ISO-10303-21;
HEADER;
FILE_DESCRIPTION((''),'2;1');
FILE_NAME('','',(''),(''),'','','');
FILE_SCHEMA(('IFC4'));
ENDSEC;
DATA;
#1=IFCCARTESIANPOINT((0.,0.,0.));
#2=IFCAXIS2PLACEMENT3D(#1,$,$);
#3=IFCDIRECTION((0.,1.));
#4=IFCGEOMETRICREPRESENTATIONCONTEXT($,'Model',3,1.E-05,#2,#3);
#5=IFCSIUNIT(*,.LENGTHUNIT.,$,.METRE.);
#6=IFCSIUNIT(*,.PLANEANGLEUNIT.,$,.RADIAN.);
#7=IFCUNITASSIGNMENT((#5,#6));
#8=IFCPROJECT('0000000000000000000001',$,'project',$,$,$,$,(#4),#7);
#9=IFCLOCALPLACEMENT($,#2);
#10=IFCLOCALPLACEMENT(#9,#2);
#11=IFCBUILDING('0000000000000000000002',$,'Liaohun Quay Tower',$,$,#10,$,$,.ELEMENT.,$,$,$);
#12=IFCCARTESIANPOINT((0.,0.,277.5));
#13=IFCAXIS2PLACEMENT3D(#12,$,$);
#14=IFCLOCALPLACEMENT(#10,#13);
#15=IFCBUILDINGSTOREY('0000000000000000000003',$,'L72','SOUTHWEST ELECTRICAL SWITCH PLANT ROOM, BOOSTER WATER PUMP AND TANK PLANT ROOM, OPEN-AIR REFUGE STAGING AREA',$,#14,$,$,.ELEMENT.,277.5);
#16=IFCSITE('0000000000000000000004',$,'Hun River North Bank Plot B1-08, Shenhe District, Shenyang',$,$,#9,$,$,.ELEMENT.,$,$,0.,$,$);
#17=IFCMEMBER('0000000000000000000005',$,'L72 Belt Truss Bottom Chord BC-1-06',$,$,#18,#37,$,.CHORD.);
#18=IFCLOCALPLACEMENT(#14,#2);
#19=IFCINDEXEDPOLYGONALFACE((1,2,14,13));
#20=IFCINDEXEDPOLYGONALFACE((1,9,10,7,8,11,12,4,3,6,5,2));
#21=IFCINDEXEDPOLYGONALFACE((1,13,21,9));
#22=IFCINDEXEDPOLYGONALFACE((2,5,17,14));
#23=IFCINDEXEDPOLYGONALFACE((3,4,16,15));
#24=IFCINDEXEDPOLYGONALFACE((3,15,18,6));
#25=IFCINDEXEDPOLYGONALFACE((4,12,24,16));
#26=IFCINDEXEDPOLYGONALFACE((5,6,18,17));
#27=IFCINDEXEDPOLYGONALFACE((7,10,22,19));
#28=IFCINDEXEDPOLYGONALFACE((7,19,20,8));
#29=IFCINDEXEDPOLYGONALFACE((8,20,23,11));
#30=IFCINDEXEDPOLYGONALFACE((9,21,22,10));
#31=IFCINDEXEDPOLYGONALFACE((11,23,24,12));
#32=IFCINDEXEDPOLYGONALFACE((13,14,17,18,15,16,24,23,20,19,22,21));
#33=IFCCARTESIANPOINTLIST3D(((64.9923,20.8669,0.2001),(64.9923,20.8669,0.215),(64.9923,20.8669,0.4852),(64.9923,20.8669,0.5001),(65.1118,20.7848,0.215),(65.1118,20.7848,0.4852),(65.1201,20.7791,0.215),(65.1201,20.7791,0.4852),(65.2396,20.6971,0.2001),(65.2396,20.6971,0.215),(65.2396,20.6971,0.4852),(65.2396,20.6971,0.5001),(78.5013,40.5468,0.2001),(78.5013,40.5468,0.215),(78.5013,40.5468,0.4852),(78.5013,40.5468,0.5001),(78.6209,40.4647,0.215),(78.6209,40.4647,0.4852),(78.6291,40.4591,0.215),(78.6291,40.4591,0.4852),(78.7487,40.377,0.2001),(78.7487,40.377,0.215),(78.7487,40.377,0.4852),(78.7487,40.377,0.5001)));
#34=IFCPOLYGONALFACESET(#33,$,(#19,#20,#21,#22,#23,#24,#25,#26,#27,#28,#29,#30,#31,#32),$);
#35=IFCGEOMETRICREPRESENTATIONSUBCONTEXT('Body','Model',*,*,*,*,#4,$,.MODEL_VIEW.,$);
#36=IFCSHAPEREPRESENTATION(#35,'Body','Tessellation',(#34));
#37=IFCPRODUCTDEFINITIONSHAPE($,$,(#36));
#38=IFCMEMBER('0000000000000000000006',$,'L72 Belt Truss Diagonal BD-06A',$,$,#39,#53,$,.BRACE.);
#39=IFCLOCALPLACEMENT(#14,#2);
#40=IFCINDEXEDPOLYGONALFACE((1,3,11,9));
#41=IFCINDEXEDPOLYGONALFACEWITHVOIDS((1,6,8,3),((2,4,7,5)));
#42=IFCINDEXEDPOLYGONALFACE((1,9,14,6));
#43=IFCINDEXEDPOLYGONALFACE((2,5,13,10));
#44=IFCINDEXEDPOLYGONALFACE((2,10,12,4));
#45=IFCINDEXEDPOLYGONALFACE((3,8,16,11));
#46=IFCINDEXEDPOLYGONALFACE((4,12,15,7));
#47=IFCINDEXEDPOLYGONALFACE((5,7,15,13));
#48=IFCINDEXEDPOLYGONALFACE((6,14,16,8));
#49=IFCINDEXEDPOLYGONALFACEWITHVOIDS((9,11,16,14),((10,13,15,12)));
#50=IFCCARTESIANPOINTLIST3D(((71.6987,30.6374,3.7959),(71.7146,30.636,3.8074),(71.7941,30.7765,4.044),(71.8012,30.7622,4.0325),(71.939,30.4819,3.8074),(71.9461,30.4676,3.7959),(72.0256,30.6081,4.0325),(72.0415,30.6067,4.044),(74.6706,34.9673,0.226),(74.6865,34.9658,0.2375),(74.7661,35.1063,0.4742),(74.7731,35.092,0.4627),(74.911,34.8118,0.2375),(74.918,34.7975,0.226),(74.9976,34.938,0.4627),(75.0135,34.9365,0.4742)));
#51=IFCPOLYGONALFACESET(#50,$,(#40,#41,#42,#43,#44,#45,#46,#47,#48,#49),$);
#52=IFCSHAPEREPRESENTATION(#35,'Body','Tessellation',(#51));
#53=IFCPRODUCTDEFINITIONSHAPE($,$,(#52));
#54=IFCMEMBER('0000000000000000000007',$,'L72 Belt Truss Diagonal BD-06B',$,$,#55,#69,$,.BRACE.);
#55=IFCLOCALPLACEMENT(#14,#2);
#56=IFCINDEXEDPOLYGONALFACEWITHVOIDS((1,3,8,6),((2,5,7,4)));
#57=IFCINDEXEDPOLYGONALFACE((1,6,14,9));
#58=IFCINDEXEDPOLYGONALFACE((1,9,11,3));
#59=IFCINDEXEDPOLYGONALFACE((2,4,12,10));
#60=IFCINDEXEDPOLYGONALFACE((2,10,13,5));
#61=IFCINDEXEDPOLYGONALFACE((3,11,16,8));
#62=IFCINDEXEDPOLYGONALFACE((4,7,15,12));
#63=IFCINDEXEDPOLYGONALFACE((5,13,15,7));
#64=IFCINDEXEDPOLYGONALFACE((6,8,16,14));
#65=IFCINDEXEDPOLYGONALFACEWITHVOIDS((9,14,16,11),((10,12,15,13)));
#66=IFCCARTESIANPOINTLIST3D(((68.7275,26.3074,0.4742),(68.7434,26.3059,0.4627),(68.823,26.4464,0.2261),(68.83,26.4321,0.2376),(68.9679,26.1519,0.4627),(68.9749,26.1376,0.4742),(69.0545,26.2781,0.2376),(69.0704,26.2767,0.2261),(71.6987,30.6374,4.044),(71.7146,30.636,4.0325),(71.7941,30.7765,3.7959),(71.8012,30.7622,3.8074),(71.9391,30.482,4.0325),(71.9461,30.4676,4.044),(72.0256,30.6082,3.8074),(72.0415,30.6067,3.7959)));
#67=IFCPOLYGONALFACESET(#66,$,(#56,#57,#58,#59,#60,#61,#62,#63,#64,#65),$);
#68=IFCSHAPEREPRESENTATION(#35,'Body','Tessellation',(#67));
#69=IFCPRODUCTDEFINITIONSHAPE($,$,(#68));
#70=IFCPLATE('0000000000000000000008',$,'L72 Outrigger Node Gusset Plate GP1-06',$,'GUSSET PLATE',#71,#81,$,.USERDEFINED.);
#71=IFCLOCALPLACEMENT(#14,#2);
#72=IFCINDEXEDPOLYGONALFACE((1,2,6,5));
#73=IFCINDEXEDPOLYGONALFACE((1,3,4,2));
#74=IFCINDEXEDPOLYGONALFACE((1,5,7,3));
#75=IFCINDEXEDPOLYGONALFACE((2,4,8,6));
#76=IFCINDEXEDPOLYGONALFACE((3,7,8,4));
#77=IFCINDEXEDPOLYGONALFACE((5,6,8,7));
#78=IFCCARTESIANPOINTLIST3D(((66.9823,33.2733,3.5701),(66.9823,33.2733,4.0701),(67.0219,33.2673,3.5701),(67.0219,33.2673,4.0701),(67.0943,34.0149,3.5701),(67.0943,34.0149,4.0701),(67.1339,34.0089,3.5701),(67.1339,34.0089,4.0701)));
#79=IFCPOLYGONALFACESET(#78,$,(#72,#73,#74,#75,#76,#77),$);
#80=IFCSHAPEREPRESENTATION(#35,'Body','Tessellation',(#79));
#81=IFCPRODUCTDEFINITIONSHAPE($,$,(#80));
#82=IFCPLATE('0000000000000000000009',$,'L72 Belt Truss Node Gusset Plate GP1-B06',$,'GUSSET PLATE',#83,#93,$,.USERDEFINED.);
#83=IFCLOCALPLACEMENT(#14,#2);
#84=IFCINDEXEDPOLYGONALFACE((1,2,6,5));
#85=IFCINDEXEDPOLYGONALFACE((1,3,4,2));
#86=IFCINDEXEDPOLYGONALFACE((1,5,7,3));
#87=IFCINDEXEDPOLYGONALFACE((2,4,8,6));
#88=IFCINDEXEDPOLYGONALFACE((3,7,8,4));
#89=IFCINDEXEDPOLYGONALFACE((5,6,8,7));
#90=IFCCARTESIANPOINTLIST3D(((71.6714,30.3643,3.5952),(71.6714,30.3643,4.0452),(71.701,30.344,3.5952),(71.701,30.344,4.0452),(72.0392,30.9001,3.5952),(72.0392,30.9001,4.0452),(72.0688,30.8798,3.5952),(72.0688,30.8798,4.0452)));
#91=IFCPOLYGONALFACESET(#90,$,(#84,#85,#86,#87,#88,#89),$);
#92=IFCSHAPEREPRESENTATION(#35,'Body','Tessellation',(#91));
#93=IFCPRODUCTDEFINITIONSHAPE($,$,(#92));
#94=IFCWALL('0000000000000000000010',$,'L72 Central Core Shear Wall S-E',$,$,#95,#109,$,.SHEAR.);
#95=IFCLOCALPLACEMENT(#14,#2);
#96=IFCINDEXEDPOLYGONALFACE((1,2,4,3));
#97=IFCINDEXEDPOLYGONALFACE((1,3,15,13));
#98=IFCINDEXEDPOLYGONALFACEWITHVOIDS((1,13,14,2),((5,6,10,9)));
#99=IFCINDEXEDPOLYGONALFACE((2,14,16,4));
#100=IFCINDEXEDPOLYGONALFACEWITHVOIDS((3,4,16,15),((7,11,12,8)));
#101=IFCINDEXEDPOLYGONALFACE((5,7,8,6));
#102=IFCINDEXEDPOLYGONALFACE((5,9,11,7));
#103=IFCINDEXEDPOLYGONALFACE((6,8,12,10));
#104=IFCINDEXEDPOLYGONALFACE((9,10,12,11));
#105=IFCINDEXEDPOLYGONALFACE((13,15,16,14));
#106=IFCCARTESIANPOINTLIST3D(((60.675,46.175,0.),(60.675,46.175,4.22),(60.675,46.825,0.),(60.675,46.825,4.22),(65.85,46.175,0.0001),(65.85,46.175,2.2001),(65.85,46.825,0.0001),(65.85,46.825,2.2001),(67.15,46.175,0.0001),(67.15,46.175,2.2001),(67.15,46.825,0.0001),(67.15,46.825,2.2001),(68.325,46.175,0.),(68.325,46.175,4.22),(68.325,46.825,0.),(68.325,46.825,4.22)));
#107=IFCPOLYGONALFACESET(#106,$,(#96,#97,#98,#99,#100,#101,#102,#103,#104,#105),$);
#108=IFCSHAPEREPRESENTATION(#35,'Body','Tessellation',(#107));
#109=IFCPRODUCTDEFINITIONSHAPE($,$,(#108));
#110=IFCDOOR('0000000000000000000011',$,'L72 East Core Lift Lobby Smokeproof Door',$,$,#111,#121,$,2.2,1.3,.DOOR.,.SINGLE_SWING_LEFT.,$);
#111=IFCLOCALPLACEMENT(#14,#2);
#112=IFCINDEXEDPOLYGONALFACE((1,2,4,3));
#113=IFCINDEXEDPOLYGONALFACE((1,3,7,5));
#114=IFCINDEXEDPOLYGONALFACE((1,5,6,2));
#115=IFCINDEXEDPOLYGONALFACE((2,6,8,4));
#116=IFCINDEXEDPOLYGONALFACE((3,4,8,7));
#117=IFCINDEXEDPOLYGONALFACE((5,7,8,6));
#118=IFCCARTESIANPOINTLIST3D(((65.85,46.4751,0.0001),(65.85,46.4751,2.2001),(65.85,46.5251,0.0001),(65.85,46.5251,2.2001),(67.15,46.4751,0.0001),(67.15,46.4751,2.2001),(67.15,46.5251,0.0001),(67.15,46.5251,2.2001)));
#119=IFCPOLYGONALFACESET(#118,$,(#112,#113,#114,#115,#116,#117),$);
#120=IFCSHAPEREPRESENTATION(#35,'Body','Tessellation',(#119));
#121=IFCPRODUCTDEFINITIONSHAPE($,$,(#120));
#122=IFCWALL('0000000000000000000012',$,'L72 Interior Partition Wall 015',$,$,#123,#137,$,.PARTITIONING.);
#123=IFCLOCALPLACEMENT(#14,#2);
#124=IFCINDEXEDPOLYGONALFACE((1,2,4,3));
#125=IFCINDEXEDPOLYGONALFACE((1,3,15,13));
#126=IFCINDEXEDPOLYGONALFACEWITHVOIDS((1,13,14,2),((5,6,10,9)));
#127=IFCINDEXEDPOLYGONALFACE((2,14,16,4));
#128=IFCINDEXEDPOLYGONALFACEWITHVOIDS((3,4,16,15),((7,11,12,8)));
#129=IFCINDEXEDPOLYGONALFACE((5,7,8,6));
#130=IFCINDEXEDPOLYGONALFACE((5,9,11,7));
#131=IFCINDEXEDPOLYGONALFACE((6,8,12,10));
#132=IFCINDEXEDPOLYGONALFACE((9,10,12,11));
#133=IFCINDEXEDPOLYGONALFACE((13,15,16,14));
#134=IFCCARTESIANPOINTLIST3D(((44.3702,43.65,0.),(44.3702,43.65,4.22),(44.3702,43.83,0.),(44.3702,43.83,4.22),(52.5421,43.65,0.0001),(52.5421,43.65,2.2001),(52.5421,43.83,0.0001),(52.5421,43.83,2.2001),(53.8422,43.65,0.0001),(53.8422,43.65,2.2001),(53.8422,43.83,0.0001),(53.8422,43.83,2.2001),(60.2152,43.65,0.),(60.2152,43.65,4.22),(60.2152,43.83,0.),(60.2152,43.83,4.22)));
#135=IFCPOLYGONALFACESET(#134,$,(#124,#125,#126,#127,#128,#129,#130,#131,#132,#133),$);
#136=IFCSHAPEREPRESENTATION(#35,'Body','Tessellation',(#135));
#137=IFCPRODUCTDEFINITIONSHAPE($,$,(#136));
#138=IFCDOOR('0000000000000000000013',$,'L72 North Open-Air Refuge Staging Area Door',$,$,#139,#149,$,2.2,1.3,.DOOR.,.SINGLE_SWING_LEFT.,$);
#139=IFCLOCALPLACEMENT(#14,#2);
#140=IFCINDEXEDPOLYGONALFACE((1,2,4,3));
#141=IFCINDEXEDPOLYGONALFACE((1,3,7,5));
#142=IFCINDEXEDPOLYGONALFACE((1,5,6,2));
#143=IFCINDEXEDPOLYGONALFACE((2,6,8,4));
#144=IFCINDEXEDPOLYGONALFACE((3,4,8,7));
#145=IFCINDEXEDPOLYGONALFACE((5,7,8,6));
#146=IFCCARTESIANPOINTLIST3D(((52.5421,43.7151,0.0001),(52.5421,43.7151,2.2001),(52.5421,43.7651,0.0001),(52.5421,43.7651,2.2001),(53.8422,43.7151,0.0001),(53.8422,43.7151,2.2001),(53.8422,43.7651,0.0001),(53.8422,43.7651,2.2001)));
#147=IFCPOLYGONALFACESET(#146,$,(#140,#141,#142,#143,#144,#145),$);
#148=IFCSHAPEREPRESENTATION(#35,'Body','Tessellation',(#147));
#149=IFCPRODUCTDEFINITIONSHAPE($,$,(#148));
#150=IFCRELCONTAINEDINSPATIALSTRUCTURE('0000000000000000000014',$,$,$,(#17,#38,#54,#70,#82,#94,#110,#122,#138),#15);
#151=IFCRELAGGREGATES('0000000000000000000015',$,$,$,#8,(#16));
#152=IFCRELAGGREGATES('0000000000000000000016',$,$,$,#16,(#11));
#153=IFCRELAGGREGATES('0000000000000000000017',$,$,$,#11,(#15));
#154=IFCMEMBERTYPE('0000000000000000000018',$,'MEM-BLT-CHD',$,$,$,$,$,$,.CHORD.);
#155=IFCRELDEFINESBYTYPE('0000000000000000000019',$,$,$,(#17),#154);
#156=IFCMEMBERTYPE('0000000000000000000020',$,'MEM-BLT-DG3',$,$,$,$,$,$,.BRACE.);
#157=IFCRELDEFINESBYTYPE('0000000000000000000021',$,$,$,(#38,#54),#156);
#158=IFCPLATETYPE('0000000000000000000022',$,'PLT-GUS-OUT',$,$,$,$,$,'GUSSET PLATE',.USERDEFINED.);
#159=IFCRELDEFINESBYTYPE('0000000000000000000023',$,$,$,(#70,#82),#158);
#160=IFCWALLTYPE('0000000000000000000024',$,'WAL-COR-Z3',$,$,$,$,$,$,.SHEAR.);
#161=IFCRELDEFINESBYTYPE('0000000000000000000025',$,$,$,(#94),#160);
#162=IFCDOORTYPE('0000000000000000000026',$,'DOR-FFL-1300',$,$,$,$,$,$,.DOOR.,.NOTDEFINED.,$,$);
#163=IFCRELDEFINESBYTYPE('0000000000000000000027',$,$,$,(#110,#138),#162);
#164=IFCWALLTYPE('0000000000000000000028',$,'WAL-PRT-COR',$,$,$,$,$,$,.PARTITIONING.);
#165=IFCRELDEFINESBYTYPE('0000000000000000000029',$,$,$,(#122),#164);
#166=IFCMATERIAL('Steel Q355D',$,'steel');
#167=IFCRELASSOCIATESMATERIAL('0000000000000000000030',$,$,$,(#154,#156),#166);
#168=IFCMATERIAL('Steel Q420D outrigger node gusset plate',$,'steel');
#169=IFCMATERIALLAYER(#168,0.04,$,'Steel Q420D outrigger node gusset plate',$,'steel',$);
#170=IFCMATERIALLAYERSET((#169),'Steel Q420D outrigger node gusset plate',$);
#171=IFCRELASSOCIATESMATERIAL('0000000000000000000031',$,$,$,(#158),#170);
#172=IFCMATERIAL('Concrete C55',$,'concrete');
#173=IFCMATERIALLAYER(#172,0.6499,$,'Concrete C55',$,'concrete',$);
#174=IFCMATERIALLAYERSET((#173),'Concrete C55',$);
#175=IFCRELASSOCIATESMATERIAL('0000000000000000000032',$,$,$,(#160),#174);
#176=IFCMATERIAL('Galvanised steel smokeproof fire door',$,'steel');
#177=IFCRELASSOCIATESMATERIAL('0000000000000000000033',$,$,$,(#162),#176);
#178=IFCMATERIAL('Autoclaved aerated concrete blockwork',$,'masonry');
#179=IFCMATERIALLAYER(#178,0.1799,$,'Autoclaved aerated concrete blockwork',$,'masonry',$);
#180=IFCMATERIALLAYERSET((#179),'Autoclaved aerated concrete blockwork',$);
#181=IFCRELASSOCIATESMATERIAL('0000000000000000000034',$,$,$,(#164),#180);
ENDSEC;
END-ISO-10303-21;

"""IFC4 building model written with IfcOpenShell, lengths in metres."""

from ifc_helpers import new_model, si_unit, direction, frame, frame_2d, origin, origin_2d, place, context, subcontext, project, spatial, rectangle, hollow_rectangle, i_section, extrude, source, transform, mapped, material, layer, layer_set, material_profile, profile_set, type_object, element, fill, save


model = new_model("IFC4")

# Units and contexts
model_context = context("Model", 3, precision=1e-05, world=origin(), true_north=direction((0.0, 1.0)))
body_context = subcontext(model_context, "Body", "Model", "MODEL_VIEW")
ifc_project = project(units=[si_unit("LENGTHUNIT", "METRE"), si_unit("PLANEANGLEUNIT", "RADIAN")], contexts=[model_context])

# Site, building, storey
site_placement = place(None, origin())
site = spatial("IfcSite", under=ifc_project, at=site_placement, Name="Hun River North Bank Plot B1-08, Shenhe District, Shenyang", CompositionType="ELEMENT", RefElevation=0.0)
building_placement = place(site_placement, origin())
building = spatial("IfcBuilding", under=site, at=building_placement, Name="Liaohun Quay Tower", CompositionType="ELEMENT")
storey_placement = place(building_placement, frame((0.0, 0.0, 277.5)))
storey = spatial("IfcBuildingStorey", under=building, at=storey_placement, Name="L72", Description="SOUTHWEST ELECTRICAL SWITCH PLANT ROOM, BOOSTER WATER PUMP AND TANK PLANT ROOM, OPEN-AIR REFUGE STAGING AREA", CompositionType="ELEMENT", Elevation=277.5)

# Shared definitions
ifc_material_1 = material(Name="Concrete C55", Category="concrete")

# Shared definitions
ifc_material_2 = material(Name="Steel Q355D", Category="steel")

# Members
ifc_material_profile_1 = material_profile(ifc_material_2, i_section(OverallWidth=0.3, OverallDepth=0.3, WebThickness=0.01, FlangeThickness=0.0149, at=origin_2d()), Name="HW300x300x10x15")
ifc_profile_set_1 = profile_set([ifc_material_profile_1], Name="Steel Q355D")
member_type_1 = type_object("IfcMemberType", Name="MEM-BLT-CHD", PredefinedType="CHORD", material=ifc_profile_set_1)
shared_shape_1 = source(origin(), body_context, "Body", "SweptSolid", [
    extrude(i_section(OverallWidth=0.3, OverallDepth=0.3, WebThickness=0.01, FlangeThickness=0.0149, at=origin_2d()), origin(), (0.0, 0.0, 1.0), 23.8704),
])
member_1_placement = place(storey_placement, frame((78.625, 40.4619, 0.3501), z_axis=(-0.565934, -0.824451, 0.0), x_axis=(0.824451, -0.565934, 0.0)))
element("IfcMember", 1, at=member_1_placement, inside=storey, type_object=member_type_1, Name="L72 Belt Truss Bottom Chord BC-1-06", PredefinedType="CHORD", context=body_context, shape_type="MappedRepresentation", body=[
    mapped(shared_shape_1, transform((0.0, 0.0, 0.0), x_axis=(1.0, 0.0, 0.0), y_axis=(0.0, 1.0, 0.0), z_axis=(0.0, 0.0, 1.0), scale=1.0)),
])
ifc_material_profile_2 = material_profile(ifc_material_2, hollow_rectangle(XDim=0.3, YDim=0.3, WallThickness=0.0139, at=origin_2d()), Name="SHS300x300x14")
ifc_profile_set_2 = profile_set([ifc_material_profile_2], Name="Steel Q355D")
member_type_2 = type_object("IfcMemberType", Name="MEM-BLT-DG3", PredefinedType="BRACE", material=ifc_profile_set_2)
shared_shape_2 = source(origin(), body_context, "Body", "SweptSolid", [
    extrude(hollow_rectangle(XDim=0.3, YDim=0.3, WallThickness=0.0139, at=origin_2d()), origin(), (0.0, 0.0, 1.0), 6.3501),
])
member_2_placement = place(storey_placement, frame((74.842, 34.9519, 0.3501), z_axis=(-0.468014, -0.681856, 0.56217), x_axis=(0.824472, -0.565903, 0.0)))
element("IfcMember", 2, at=member_2_placement, inside=storey, type_object=member_type_2, Name="L72 Belt Truss Diagonal BD-06A", PredefinedType="BRACE", context=body_context, shape_type="MappedRepresentation", body=[
    mapped(shared_shape_2, transform((0.0, 0.0, 0.0), x_axis=(1.0, 0.0, 0.0), y_axis=(0.0, 1.0, 0.0), z_axis=(0.0, 0.0, 1.0), scale=1.0)),
])
shared_shape_3 = source(origin(), body_context, "Body", "SweptSolid", [
    extrude(hollow_rectangle(XDim=0.3, YDim=0.3, WallThickness=0.0139, at=origin_2d()), origin(), (0.0, 0.0, 1.0), 6.3499),
])
member_3_placement = place(storey_placement, frame((71.8701, 30.6221, 3.9199), z_axis=(-0.467912, -0.681913, -0.562186), x_axis=(0.824552, -0.565787, 0.0)))
element("IfcMember", 3, at=member_3_placement, inside=storey, type_object=member_type_2, Name="L72 Belt Truss Diagonal BD-06B", PredefinedType="BRACE", context=body_context, shape_type="MappedRepresentation", body=[
    mapped(shared_shape_3, transform((0.0, 0.0, 0.0), x_axis=(1.0, 0.0, 0.0), y_axis=(0.0, 1.0, 0.0), z_axis=(0.0, 0.0, 1.0), scale=1.0)),
])

# Plates
ifc_material_3 = material(Name="Steel Q420D outrigger node gusset plate", Category="steel")
ifc_layer_1 = layer(ifc_material_3, 0.04, Name="Steel Q420D outrigger node gusset plate", Category="steel")
ifc_layer_set_1 = layer_set([ifc_layer_1], Name="Steel Q420D outrigger node gusset plate")
plate_type = type_object("IfcPlateType", Name="PLT-GUS-OUT", ElementType="GUSSET PLATE", PredefinedType="USERDEFINED", material=ifc_layer_set_1)
shared_shape_4 = source(origin(), body_context, "Body", "SweptSolid", [
    extrude(rectangle(XDim=0.75, YDim=0.04, at=origin_2d()), origin(), (0.0, 0.0, 1.0), 0.5),
])
plate_1_placement = place(storey_placement, frame((67.0581, 33.6411, 3.5701), z_axis=(0.0, 0.0, 1.0), x_axis=(-0.149363, -0.988782, 0.0)))
element("IfcPlate", 4, at=plate_1_placement, inside=storey, type_object=plate_type, Name="L72 Outrigger Node Gusset Plate GP1-06", ObjectType="GUSSET PLATE", PredefinedType="USERDEFINED", context=body_context, shape_type="MappedRepresentation", body=[
    mapped(shared_shape_4, transform((0.0, 0.0, 0.0), x_axis=(1.0, 0.0, 0.0), y_axis=(0.0, 1.0, 0.0), z_axis=(0.0, 0.0, 1.0), scale=1.0)),
])
shared_shape_5 = source(origin(), body_context, "Body", "SweptSolid", [
    extrude(rectangle(XDim=0.6499, YDim=0.0359, at=origin_2d()), origin(), (0.0, 0.0, 1.0), 0.45),
])
plate_2_placement = place(storey_placement, frame((71.8701, 30.6221, 3.5952), z_axis=(0.0, 0.0, 1.0), x_axis=(-0.565975, -0.824423, 0.0)))
element("IfcPlate", 5, at=plate_2_placement, inside=storey, type_object=plate_type, Name="L72 Belt Truss Node Gusset Plate GP1-B06", ObjectType="GUSSET PLATE", PredefinedType="USERDEFINED", context=body_context, shape_type="MappedRepresentation", body=[
    mapped(shared_shape_5, transform((0.0, 0.0, 0.0), x_axis=(1.0, 0.0, 0.0), y_axis=(0.0, 1.0, 0.0), z_axis=(0.0, 0.0, 1.0), scale=1.0)),
])

# Walls, openings, doors
ifc_layer_2 = layer(ifc_material_1, 0.6499, Name="Concrete C55", Category="concrete")
ifc_layer_set_2 = layer_set([ifc_layer_2], Name="Concrete C55")
wall_type_1 = type_object("IfcWallType", Name="WAL-COR-Z3", PredefinedType="SHEAR", material=ifc_layer_set_2)
wall_1_placement = place(storey_placement, frame((68.325, 46.5, 0.0), z_axis=(0.0, 0.0, 1.0), x_axis=(-1.0, 0.0, 0.0)))
wall_1 = element("IfcWall", 6, at=wall_1_placement, inside=storey, type_object=wall_type_1, Name="L72 Central Core Shear Wall S-E", PredefinedType="SHEAR", context=body_context, shape_type="SweptSolid", body=[
    extrude(rectangle(XDim=7.6499, YDim=0.6499, at=frame_2d((3.825, 0.0))), origin(), (0.0, 0.0, 1.0), 4.22),
])
shared_shape_6 = source(origin(), body_context, "Body", "SweptSolid", [
    extrude(rectangle(XDim=1.3, YDim=2.2, at=frame_2d((0.6499, 1.1001))), frame((0.0, 0.335, 0.0), z_axis=(0.0, -1.0, 0.0), x_axis=(1.0, 0.0, 0.0)), (0.0, 0.0, 1.0), 0.6699),
])
opening_1_placement = place(wall_1_placement, frame((1.175, 0.0, 0.0)))
opening_1 = element("IfcOpeningElement", 7, at=opening_1_placement, cuts=wall_1, PredefinedType="OPENING", context=body_context, shape_type="MappedRepresentation", body=[
    mapped(shared_shape_6, transform((0.0, 0.0, 0.0), x_axis=(1.0, 0.0, 0.0), y_axis=(0.0, 1.0, 0.0), z_axis=(0.0, 0.0, 1.0), scale=1.0)),
])
ifc_material_4 = material(Name="Galvanised steel smokeproof fire door", Category="steel")
door_type_1 = type_object("IfcDoorType", Name="DOR-FFL-1300", OperationType="NOTDEFINED", PredefinedType="DOOR", material=ifc_material_4)
shared_shape_7 = source(origin(), body_context, "Body", "SweptSolid", [
    extrude(rectangle(XDim=1.3, YDim=2.2, at=frame_2d((0.6499, 1.1001))), frame((0.0, 0.0249, 0.0), z_axis=(0.0, -1.0, 0.0), x_axis=(1.0, 0.0, 0.0)), (0.0, 0.0, 1.0), 0.05),
])
door_1_placement = place(opening_1_placement, origin())
door_1 = element("IfcDoor", 8, at=door_1_placement, inside=storey, type_object=door_type_1, Name="L72 East Core Lift Lobby Smokeproof Door", OperationType="SINGLE_SWING_LEFT", OverallHeight=2.2, OverallWidth=1.3, PredefinedType="DOOR", context=body_context, shape_type="MappedRepresentation", body=[
    mapped(shared_shape_7, transform((0.0, 0.0, 0.0), x_axis=(1.0, 0.0, 0.0), y_axis=(0.0, 1.0, 0.0), z_axis=(0.0, 0.0, 1.0), scale=1.0)),
])
fill(opening_1, door_1)
ifc_material_5 = material(Name="Autoclaved aerated concrete blockwork", Category="masonry")
ifc_layer_3 = layer(ifc_material_5, 0.1799, Name="Autoclaved aerated concrete blockwork", Category="masonry")
ifc_layer_set_3 = layer_set([ifc_layer_3], Name="Autoclaved aerated concrete blockwork")
wall_type_2 = type_object("IfcWallType", Name="WAL-PRT-COR", PredefinedType="PARTITIONING", material=ifc_layer_set_3)
wall_2_placement = place(storey_placement, frame((60.2151, 43.74, 0.0), z_axis=(0.0, 0.0, 1.0), x_axis=(-1.0, 0.0, 0.0)))
wall_2 = element("IfcWall", 9, at=wall_2_placement, inside=storey, type_object=wall_type_2, Name="L72 Interior Partition Wall 015", PredefinedType="PARTITIONING", context=body_context, shape_type="SweptSolid", body=[
    extrude(rectangle(XDim=15.845, YDim=0.1799, at=frame_2d((7.9224, 0.0))), origin(), (0.0, 0.0, 1.0), 4.22),
])
shared_shape_8 = source(origin(), body_context, "Body", "SweptSolid", [
    extrude(rectangle(XDim=1.3, YDim=2.2, at=frame_2d((0.6499, 1.1001))), frame((0.0, 0.0999, 0.0), z_axis=(0.0, -1.0, 0.0), x_axis=(1.0, 0.0, 0.0)), (0.0, 0.0, 1.0), 0.2),
])
opening_2_placement = place(wall_2_placement, frame((6.373, 0.0, 0.0)))
opening_2 = element("IfcOpeningElement", 10, at=opening_2_placement, cuts=wall_2, PredefinedType="OPENING", context=body_context, shape_type="MappedRepresentation", body=[
    mapped(shared_shape_8, transform((0.0, 0.0, 0.0), x_axis=(1.0, 0.0, 0.0), y_axis=(0.0, 1.0, 0.0), z_axis=(0.0, 0.0, 1.0), scale=1.0)),
])
door_2_placement = place(opening_2_placement, origin())
door_2 = element("IfcDoor", 11, at=door_2_placement, inside=storey, type_object=door_type_1, Name="L72 North Open-Air Refuge Staging Area Door", OperationType="SINGLE_SWING_LEFT", OverallHeight=2.2, OverallWidth=1.3, PredefinedType="DOOR", context=body_context, shape_type="MappedRepresentation", body=[
    mapped(shared_shape_7, transform((0.0, 0.0, 0.0), x_axis=(1.0, 0.0, 0.0), y_axis=(0.0, 1.0, 0.0), z_axis=(0.0, 0.0, 1.0), scale=1.0)),
])
fill(opening_2, door_2)

save(model, "model.ifc")
